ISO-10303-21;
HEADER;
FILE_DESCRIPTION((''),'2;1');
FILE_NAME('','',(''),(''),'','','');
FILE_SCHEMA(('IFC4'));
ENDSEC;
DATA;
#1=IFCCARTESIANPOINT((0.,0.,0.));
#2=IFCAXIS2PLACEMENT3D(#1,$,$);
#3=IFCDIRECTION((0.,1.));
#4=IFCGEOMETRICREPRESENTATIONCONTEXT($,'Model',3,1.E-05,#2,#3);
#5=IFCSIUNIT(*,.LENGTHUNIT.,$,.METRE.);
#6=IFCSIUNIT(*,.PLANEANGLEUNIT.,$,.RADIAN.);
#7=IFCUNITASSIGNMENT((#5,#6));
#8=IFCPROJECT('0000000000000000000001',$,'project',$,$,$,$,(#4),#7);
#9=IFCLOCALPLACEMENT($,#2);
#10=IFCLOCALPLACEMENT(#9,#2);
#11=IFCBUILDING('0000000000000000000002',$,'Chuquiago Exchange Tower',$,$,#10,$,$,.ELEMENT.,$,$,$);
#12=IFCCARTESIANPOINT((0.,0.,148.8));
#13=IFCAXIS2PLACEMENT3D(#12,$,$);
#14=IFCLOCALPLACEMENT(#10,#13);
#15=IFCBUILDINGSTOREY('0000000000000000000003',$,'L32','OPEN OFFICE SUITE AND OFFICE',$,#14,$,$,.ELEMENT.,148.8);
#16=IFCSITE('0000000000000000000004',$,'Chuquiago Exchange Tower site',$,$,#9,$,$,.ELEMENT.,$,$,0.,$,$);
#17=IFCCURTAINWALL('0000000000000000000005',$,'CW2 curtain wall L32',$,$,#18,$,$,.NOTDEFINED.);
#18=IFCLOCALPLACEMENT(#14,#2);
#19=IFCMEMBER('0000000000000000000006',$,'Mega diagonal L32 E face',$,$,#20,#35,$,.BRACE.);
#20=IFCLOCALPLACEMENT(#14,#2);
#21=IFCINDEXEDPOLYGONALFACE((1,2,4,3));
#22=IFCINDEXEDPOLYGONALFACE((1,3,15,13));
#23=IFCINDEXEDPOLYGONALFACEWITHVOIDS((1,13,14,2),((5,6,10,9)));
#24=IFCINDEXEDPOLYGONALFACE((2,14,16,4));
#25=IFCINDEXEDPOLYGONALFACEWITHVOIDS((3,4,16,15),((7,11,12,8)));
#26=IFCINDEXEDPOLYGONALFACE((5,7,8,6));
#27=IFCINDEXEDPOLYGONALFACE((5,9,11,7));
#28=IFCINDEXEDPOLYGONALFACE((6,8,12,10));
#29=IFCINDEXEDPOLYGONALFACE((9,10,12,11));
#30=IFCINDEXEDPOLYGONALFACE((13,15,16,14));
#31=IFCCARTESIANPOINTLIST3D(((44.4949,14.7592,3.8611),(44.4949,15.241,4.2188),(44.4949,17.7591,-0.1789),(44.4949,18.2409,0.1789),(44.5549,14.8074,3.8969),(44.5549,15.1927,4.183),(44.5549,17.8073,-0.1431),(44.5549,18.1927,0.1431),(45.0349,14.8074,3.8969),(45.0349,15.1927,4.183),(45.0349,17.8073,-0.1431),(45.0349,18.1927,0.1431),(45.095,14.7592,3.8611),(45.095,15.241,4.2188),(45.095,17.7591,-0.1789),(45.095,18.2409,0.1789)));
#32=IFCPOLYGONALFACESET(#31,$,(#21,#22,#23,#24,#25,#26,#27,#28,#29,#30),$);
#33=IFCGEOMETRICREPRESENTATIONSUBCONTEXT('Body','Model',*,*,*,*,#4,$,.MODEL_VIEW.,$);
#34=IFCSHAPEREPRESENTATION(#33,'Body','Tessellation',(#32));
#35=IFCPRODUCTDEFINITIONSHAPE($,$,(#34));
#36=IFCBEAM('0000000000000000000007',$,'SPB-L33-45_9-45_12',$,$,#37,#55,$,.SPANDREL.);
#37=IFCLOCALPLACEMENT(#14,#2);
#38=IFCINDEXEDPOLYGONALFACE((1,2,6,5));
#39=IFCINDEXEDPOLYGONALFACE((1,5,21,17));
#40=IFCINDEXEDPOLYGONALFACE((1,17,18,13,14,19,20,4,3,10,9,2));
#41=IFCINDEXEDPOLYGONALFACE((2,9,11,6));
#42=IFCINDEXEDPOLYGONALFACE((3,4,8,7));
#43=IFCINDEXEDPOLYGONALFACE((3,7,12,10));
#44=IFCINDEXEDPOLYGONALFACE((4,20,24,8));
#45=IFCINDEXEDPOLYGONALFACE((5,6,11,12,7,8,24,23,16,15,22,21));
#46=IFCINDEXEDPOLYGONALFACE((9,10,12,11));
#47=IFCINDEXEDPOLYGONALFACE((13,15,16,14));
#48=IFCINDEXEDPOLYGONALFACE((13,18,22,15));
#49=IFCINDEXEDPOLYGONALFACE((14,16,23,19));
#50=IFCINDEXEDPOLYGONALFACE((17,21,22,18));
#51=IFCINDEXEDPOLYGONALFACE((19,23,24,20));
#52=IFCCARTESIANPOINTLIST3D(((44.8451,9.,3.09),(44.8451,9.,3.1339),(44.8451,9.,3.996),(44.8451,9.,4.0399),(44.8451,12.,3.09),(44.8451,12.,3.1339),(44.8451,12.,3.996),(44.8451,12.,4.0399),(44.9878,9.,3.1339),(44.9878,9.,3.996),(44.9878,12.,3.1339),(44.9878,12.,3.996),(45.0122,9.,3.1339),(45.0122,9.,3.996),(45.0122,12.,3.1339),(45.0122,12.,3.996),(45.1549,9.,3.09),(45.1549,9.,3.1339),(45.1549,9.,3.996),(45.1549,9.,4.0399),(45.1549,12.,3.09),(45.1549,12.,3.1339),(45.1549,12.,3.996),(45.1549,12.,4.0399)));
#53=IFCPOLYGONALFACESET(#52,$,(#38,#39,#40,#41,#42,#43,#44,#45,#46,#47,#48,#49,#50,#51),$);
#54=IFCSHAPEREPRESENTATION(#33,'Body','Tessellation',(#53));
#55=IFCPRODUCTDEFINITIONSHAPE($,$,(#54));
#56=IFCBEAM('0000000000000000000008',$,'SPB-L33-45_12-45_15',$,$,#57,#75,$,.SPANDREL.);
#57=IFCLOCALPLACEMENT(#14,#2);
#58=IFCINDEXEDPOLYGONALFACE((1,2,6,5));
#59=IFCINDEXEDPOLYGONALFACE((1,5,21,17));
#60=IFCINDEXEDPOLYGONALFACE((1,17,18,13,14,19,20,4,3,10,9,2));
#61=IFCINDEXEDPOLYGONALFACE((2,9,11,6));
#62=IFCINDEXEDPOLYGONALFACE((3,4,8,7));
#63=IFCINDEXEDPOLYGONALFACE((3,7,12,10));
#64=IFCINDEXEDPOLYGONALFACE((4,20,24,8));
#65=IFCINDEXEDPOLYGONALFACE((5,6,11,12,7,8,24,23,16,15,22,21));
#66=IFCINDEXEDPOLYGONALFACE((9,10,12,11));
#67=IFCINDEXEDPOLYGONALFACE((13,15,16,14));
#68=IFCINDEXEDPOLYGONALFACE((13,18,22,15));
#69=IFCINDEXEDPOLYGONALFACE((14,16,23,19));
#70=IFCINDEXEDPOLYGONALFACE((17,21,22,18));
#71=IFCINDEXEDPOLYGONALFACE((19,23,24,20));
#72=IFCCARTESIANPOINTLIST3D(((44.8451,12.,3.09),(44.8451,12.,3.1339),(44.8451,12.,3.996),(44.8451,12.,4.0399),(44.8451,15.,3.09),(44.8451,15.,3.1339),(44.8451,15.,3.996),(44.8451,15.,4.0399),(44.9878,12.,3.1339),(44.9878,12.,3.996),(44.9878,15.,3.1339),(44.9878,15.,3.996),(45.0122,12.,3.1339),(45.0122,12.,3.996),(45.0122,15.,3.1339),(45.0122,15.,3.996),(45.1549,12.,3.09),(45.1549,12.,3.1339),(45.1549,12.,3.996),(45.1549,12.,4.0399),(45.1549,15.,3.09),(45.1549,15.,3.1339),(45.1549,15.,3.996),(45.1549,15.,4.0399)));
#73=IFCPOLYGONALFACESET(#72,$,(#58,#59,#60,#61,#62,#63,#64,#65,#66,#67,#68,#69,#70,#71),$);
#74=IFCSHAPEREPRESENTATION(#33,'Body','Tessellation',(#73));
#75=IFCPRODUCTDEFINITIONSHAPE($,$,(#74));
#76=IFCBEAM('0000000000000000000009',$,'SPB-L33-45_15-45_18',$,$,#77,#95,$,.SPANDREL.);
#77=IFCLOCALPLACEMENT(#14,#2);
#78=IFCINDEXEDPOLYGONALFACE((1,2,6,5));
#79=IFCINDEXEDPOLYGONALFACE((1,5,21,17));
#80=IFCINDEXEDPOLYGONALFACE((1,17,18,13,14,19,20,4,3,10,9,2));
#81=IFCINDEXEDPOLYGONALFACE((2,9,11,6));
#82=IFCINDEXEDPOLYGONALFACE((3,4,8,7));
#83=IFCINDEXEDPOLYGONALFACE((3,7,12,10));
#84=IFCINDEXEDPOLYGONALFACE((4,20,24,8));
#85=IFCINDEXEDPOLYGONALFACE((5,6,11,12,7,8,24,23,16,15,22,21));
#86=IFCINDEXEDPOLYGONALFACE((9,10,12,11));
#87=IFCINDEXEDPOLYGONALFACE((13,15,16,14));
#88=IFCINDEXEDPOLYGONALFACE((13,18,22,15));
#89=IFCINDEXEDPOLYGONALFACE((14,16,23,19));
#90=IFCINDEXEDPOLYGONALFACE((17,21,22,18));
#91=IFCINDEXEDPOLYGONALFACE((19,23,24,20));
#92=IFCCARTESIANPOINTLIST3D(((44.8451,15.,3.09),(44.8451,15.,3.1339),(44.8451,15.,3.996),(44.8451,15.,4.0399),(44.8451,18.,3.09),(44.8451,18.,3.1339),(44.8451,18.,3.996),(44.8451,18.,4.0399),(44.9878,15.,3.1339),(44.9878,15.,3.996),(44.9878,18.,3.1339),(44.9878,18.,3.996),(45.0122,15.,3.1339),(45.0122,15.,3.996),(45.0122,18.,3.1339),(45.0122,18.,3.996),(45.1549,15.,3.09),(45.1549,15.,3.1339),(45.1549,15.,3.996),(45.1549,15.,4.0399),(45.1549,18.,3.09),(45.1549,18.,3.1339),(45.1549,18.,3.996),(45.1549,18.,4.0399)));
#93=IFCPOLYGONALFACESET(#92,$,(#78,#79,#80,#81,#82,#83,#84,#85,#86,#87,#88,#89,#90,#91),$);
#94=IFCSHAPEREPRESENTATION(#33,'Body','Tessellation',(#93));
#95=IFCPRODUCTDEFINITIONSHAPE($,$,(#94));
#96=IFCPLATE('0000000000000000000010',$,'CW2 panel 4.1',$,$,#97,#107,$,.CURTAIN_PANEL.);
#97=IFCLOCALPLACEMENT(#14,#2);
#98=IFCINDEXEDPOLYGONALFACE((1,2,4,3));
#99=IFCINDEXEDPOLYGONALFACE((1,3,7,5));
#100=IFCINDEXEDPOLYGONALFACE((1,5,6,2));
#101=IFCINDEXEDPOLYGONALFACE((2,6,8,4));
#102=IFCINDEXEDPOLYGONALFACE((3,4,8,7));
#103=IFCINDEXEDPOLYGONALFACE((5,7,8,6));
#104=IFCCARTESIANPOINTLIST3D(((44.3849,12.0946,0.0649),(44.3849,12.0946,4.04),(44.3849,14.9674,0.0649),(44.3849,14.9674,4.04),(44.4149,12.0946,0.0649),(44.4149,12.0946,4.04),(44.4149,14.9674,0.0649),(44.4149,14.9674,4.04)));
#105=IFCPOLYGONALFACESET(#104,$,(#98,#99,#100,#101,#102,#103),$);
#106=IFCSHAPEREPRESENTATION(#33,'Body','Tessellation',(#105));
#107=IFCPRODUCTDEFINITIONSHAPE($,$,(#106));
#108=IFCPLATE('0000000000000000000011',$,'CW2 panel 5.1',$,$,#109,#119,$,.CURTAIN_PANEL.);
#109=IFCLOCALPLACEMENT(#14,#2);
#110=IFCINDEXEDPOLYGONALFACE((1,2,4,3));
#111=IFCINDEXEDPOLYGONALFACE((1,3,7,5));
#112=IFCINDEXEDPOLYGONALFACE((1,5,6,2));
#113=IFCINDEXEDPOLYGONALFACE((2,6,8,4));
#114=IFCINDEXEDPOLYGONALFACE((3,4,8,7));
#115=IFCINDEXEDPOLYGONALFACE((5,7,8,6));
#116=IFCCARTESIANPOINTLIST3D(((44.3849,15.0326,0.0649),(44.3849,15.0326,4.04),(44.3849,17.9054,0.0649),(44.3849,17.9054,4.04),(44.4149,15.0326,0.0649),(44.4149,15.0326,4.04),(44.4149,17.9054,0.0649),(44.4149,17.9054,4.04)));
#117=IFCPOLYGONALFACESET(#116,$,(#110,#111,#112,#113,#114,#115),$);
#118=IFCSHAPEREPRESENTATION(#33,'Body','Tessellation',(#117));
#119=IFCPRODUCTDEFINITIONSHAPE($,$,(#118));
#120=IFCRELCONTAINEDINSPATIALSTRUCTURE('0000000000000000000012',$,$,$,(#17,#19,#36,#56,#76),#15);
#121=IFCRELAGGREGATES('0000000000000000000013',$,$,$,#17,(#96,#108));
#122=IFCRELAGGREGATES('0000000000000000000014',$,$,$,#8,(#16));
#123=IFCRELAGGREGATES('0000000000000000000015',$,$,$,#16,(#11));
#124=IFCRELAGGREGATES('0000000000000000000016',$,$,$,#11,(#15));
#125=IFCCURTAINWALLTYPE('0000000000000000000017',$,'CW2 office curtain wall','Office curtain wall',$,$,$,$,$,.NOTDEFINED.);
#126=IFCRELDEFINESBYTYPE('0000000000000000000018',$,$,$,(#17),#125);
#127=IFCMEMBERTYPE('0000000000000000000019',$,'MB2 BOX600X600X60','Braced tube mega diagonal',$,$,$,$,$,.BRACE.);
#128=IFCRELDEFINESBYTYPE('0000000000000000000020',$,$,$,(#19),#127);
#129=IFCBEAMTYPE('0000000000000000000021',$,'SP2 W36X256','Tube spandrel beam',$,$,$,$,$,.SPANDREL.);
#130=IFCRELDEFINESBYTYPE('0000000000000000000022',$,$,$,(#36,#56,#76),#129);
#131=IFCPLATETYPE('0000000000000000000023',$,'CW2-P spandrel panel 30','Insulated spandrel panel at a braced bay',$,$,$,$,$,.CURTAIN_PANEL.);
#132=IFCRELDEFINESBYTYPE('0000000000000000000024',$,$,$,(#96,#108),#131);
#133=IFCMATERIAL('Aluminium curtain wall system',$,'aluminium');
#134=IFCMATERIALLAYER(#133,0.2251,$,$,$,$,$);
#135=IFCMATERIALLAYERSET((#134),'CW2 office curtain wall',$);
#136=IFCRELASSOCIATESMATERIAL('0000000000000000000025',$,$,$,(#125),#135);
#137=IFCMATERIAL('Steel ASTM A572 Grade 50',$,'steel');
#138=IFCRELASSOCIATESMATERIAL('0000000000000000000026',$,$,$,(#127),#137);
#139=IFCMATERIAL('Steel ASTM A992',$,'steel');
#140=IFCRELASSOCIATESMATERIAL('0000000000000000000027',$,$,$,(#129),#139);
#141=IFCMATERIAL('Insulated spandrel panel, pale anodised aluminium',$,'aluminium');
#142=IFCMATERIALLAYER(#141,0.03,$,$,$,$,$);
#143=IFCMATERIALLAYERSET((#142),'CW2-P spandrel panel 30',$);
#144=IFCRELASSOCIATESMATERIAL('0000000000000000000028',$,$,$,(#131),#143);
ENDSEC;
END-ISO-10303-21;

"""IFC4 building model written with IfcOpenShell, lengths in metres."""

from ifc_helpers import new_model, si_unit, direction, frame, origin, origin_2d, place, context, subcontext, project, spatial, rectangle, hollow_rectangle, i_section, extrude, material, layer, layer_set, material_profile, profile_set, type_object, element, aggregate, save


model = new_model("IFC4")

# Units and contexts
model_context = context("Model", 3, precision=1e-05, world=origin(), true_north=direction((0.0, 1.0)))
body_context = subcontext(model_context, "Body", "Model", "MODEL_VIEW")
ifc_project = project(units=[si_unit("LENGTHUNIT", "METRE"), si_unit("PLANEANGLEUNIT", "RADIAN")], contexts=[model_context])

# Site, building, storey
site_placement = place(None, origin())
site = spatial("IfcSite", under=ifc_project, at=site_placement, Name="Chuquiago Exchange Tower site", CompositionType="ELEMENT", RefElevation=0.0)
building_placement = place(site_placement, origin())
building = spatial("IfcBuilding", under=site, at=building_placement, Name="Chuquiago Exchange Tower", CompositionType="ELEMENT")
storey_placement = place(building_placement, frame((0.0, 0.0, 148.8)))
storey = spatial("IfcBuildingStorey", under=building, at=storey_placement, Name="L32", Description="OPEN OFFICE SUITE AND OFFICE", CompositionType="ELEMENT", Elevation=148.8)

# Curtain wall
ifc_material_1 = material(Name="Aluminium curtain wall system", Category="aluminium")
ifc_layer_1 = layer(ifc_material_1, 0.2251)
ifc_layer_set_1 = layer_set([ifc_layer_1], Name="CW2 office curtain wall")
curtain_wall_type = type_object("IfcCurtainWallType", Name="CW2 office curtain wall", Description="Office curtain wall", PredefinedType="NOTDEFINED", material=ifc_layer_set_1)
curtain_wall_placement = place(storey_placement, origin())
curtain_wall = element("IfcCurtainWall", 1, at=curtain_wall_placement, inside=storey, type_object=curtain_wall_type, Name="CW2 curtain wall L32", PredefinedType="NOTDEFINED")

# Member
ifc_material_2 = material(Name="Steel ASTM A572 Grade 50", Category="steel")
ifc_material_profile_1 = material_profile(ifc_material_2, hollow_rectangle(XDim=0.6001, YDim=0.6001, WallThickness=0.0601, at=origin_2d()), Name="BOX600X600X60")
ifc_profile_set_1 = profile_set([ifc_material_profile_1], Name="Steel ASTM A572 Grade 50")
member_type_1 = type_object("IfcMemberType", Name="MB2 BOX600X600X60", Description="Braced tube mega diagonal", PredefinedType="BRACE", material=ifc_profile_set_1)
for number, where, z_axis, x_axis, name in (
    (2, (44.7949, 18.0, 0.0), (0.0, -0.596174, 0.802855), (1.0, 0.0, 0.0), "Mega diagonal L32 E face"),
):
    element("IfcMember", number, at=place(storey_placement, frame(where, z_axis=z_axis, x_axis=x_axis)), inside=storey, type_object=member_type_1, Name=name, PredefinedType="BRACE", context=body_context, shape_type="SweptSolid", body=[
        extrude(hollow_rectangle(XDim=0.6001, YDim=0.6001, WallThickness=0.0601, at=origin_2d()), origin(), (0.0, 0.0, 1.0), 5.032),
    ])

# Beams
ifc_material_3 = material(Name="Steel ASTM A992", Category="steel")
ifc_material_profile_2 = material_profile(ifc_material_3, i_section(OverallWidth=0.3098, OverallDepth=0.95, WebThickness=0.0244, FlangeThickness=0.0439, at=origin_2d()), Name="W36X256")
ifc_profile_set_2 = profile_set([ifc_material_profile_2], Name="Steel ASTM A992")
beam_type = type_object("IfcBeamType", Name="SP2 W36X256", Description="Tube spandrel beam", PredefinedType="SPANDREL", material=ifc_profile_set_2)
for number, where, z_axis, x_axis, name in (
    (3, (45.0, 9.0, 3.5649), (0.0, 1.0, 0.0), (-1.0, 0.0, 0.0), "SPB-L33-45_9-45_12"),
    (4, (45.0, 12.0, 3.5649), (0.0, 1.0, 0.0), (-1.0, 0.0, 0.0), "SPB-L33-45_12-45_15"),
    (5, (45.0, 15.0, 3.5649), (0.0, 1.0, 0.0), (-1.0, 0.0, 0.0), "SPB-L33-45_15-45_18"),
):
    element("IfcBeam", number, at=place(storey_placement, frame(where, z_axis=z_axis, x_axis=x_axis)), inside=storey, type_object=beam_type, Name=name, PredefinedType="SPANDREL", context=body_context, shape_type="SweptSolid", body=[
        extrude(i_section(OverallWidth=0.3098, OverallDepth=0.95, WebThickness=0.0244, FlangeThickness=0.0439, at=origin_2d()), origin(), (0.0, 0.0, 1.0), 3.0),
    ])

# Plates
ifc_material_4 = material(Name="Insulated spandrel panel, pale anodised aluminium", Category="aluminium")
ifc_layer_2 = layer(ifc_material_4, 0.03)
ifc_layer_set_2 = layer_set([ifc_layer_2], Name="CW2-P spandrel panel 30")
plate_type = type_object("IfcPlateType", Name="CW2-P spandrel panel 30", Description="Insulated spandrel panel at a braced bay", PredefinedType="CURTAIN_PANEL", material=ifc_layer_set_2)
plate_1_placement = place(storey_placement, frame((44.3999, 13.531, 0.0649), z_axis=(0.0, 0.0, 1.0), x_axis=(0.0, 1.0, 0.0)))
plate_1 = element("IfcPlate", 6, at=plate_1_placement, type_object=plate_type, Name="CW2 panel 4.1", PredefinedType="CURTAIN_PANEL", context=body_context, shape_type="SweptSolid", body=[
    extrude(rectangle(XDim=2.8728, YDim=0.03, at=origin_2d()), origin(), (0.0, 0.0, 1.0), 3.9751),
])
plate_2_placement = place(storey_placement, frame((44.3999, 16.469, 0.0649), z_axis=(0.0, 0.0, 1.0), x_axis=(0.0, 1.0, 0.0)))
plate_2 = element("IfcPlate", 7, at=plate_2_placement, type_object=plate_type, Name="CW2 panel 5.1", PredefinedType="CURTAIN_PANEL", context=body_context, shape_type="SweptSolid", body=[
    extrude(rectangle(XDim=2.8728, YDim=0.03, at=origin_2d()), origin(), (0.0, 0.0, 1.0), 3.9751),
])
aggregate(curtain_wall, [plate_1, plate_2])

save(model, "model.ifc")
